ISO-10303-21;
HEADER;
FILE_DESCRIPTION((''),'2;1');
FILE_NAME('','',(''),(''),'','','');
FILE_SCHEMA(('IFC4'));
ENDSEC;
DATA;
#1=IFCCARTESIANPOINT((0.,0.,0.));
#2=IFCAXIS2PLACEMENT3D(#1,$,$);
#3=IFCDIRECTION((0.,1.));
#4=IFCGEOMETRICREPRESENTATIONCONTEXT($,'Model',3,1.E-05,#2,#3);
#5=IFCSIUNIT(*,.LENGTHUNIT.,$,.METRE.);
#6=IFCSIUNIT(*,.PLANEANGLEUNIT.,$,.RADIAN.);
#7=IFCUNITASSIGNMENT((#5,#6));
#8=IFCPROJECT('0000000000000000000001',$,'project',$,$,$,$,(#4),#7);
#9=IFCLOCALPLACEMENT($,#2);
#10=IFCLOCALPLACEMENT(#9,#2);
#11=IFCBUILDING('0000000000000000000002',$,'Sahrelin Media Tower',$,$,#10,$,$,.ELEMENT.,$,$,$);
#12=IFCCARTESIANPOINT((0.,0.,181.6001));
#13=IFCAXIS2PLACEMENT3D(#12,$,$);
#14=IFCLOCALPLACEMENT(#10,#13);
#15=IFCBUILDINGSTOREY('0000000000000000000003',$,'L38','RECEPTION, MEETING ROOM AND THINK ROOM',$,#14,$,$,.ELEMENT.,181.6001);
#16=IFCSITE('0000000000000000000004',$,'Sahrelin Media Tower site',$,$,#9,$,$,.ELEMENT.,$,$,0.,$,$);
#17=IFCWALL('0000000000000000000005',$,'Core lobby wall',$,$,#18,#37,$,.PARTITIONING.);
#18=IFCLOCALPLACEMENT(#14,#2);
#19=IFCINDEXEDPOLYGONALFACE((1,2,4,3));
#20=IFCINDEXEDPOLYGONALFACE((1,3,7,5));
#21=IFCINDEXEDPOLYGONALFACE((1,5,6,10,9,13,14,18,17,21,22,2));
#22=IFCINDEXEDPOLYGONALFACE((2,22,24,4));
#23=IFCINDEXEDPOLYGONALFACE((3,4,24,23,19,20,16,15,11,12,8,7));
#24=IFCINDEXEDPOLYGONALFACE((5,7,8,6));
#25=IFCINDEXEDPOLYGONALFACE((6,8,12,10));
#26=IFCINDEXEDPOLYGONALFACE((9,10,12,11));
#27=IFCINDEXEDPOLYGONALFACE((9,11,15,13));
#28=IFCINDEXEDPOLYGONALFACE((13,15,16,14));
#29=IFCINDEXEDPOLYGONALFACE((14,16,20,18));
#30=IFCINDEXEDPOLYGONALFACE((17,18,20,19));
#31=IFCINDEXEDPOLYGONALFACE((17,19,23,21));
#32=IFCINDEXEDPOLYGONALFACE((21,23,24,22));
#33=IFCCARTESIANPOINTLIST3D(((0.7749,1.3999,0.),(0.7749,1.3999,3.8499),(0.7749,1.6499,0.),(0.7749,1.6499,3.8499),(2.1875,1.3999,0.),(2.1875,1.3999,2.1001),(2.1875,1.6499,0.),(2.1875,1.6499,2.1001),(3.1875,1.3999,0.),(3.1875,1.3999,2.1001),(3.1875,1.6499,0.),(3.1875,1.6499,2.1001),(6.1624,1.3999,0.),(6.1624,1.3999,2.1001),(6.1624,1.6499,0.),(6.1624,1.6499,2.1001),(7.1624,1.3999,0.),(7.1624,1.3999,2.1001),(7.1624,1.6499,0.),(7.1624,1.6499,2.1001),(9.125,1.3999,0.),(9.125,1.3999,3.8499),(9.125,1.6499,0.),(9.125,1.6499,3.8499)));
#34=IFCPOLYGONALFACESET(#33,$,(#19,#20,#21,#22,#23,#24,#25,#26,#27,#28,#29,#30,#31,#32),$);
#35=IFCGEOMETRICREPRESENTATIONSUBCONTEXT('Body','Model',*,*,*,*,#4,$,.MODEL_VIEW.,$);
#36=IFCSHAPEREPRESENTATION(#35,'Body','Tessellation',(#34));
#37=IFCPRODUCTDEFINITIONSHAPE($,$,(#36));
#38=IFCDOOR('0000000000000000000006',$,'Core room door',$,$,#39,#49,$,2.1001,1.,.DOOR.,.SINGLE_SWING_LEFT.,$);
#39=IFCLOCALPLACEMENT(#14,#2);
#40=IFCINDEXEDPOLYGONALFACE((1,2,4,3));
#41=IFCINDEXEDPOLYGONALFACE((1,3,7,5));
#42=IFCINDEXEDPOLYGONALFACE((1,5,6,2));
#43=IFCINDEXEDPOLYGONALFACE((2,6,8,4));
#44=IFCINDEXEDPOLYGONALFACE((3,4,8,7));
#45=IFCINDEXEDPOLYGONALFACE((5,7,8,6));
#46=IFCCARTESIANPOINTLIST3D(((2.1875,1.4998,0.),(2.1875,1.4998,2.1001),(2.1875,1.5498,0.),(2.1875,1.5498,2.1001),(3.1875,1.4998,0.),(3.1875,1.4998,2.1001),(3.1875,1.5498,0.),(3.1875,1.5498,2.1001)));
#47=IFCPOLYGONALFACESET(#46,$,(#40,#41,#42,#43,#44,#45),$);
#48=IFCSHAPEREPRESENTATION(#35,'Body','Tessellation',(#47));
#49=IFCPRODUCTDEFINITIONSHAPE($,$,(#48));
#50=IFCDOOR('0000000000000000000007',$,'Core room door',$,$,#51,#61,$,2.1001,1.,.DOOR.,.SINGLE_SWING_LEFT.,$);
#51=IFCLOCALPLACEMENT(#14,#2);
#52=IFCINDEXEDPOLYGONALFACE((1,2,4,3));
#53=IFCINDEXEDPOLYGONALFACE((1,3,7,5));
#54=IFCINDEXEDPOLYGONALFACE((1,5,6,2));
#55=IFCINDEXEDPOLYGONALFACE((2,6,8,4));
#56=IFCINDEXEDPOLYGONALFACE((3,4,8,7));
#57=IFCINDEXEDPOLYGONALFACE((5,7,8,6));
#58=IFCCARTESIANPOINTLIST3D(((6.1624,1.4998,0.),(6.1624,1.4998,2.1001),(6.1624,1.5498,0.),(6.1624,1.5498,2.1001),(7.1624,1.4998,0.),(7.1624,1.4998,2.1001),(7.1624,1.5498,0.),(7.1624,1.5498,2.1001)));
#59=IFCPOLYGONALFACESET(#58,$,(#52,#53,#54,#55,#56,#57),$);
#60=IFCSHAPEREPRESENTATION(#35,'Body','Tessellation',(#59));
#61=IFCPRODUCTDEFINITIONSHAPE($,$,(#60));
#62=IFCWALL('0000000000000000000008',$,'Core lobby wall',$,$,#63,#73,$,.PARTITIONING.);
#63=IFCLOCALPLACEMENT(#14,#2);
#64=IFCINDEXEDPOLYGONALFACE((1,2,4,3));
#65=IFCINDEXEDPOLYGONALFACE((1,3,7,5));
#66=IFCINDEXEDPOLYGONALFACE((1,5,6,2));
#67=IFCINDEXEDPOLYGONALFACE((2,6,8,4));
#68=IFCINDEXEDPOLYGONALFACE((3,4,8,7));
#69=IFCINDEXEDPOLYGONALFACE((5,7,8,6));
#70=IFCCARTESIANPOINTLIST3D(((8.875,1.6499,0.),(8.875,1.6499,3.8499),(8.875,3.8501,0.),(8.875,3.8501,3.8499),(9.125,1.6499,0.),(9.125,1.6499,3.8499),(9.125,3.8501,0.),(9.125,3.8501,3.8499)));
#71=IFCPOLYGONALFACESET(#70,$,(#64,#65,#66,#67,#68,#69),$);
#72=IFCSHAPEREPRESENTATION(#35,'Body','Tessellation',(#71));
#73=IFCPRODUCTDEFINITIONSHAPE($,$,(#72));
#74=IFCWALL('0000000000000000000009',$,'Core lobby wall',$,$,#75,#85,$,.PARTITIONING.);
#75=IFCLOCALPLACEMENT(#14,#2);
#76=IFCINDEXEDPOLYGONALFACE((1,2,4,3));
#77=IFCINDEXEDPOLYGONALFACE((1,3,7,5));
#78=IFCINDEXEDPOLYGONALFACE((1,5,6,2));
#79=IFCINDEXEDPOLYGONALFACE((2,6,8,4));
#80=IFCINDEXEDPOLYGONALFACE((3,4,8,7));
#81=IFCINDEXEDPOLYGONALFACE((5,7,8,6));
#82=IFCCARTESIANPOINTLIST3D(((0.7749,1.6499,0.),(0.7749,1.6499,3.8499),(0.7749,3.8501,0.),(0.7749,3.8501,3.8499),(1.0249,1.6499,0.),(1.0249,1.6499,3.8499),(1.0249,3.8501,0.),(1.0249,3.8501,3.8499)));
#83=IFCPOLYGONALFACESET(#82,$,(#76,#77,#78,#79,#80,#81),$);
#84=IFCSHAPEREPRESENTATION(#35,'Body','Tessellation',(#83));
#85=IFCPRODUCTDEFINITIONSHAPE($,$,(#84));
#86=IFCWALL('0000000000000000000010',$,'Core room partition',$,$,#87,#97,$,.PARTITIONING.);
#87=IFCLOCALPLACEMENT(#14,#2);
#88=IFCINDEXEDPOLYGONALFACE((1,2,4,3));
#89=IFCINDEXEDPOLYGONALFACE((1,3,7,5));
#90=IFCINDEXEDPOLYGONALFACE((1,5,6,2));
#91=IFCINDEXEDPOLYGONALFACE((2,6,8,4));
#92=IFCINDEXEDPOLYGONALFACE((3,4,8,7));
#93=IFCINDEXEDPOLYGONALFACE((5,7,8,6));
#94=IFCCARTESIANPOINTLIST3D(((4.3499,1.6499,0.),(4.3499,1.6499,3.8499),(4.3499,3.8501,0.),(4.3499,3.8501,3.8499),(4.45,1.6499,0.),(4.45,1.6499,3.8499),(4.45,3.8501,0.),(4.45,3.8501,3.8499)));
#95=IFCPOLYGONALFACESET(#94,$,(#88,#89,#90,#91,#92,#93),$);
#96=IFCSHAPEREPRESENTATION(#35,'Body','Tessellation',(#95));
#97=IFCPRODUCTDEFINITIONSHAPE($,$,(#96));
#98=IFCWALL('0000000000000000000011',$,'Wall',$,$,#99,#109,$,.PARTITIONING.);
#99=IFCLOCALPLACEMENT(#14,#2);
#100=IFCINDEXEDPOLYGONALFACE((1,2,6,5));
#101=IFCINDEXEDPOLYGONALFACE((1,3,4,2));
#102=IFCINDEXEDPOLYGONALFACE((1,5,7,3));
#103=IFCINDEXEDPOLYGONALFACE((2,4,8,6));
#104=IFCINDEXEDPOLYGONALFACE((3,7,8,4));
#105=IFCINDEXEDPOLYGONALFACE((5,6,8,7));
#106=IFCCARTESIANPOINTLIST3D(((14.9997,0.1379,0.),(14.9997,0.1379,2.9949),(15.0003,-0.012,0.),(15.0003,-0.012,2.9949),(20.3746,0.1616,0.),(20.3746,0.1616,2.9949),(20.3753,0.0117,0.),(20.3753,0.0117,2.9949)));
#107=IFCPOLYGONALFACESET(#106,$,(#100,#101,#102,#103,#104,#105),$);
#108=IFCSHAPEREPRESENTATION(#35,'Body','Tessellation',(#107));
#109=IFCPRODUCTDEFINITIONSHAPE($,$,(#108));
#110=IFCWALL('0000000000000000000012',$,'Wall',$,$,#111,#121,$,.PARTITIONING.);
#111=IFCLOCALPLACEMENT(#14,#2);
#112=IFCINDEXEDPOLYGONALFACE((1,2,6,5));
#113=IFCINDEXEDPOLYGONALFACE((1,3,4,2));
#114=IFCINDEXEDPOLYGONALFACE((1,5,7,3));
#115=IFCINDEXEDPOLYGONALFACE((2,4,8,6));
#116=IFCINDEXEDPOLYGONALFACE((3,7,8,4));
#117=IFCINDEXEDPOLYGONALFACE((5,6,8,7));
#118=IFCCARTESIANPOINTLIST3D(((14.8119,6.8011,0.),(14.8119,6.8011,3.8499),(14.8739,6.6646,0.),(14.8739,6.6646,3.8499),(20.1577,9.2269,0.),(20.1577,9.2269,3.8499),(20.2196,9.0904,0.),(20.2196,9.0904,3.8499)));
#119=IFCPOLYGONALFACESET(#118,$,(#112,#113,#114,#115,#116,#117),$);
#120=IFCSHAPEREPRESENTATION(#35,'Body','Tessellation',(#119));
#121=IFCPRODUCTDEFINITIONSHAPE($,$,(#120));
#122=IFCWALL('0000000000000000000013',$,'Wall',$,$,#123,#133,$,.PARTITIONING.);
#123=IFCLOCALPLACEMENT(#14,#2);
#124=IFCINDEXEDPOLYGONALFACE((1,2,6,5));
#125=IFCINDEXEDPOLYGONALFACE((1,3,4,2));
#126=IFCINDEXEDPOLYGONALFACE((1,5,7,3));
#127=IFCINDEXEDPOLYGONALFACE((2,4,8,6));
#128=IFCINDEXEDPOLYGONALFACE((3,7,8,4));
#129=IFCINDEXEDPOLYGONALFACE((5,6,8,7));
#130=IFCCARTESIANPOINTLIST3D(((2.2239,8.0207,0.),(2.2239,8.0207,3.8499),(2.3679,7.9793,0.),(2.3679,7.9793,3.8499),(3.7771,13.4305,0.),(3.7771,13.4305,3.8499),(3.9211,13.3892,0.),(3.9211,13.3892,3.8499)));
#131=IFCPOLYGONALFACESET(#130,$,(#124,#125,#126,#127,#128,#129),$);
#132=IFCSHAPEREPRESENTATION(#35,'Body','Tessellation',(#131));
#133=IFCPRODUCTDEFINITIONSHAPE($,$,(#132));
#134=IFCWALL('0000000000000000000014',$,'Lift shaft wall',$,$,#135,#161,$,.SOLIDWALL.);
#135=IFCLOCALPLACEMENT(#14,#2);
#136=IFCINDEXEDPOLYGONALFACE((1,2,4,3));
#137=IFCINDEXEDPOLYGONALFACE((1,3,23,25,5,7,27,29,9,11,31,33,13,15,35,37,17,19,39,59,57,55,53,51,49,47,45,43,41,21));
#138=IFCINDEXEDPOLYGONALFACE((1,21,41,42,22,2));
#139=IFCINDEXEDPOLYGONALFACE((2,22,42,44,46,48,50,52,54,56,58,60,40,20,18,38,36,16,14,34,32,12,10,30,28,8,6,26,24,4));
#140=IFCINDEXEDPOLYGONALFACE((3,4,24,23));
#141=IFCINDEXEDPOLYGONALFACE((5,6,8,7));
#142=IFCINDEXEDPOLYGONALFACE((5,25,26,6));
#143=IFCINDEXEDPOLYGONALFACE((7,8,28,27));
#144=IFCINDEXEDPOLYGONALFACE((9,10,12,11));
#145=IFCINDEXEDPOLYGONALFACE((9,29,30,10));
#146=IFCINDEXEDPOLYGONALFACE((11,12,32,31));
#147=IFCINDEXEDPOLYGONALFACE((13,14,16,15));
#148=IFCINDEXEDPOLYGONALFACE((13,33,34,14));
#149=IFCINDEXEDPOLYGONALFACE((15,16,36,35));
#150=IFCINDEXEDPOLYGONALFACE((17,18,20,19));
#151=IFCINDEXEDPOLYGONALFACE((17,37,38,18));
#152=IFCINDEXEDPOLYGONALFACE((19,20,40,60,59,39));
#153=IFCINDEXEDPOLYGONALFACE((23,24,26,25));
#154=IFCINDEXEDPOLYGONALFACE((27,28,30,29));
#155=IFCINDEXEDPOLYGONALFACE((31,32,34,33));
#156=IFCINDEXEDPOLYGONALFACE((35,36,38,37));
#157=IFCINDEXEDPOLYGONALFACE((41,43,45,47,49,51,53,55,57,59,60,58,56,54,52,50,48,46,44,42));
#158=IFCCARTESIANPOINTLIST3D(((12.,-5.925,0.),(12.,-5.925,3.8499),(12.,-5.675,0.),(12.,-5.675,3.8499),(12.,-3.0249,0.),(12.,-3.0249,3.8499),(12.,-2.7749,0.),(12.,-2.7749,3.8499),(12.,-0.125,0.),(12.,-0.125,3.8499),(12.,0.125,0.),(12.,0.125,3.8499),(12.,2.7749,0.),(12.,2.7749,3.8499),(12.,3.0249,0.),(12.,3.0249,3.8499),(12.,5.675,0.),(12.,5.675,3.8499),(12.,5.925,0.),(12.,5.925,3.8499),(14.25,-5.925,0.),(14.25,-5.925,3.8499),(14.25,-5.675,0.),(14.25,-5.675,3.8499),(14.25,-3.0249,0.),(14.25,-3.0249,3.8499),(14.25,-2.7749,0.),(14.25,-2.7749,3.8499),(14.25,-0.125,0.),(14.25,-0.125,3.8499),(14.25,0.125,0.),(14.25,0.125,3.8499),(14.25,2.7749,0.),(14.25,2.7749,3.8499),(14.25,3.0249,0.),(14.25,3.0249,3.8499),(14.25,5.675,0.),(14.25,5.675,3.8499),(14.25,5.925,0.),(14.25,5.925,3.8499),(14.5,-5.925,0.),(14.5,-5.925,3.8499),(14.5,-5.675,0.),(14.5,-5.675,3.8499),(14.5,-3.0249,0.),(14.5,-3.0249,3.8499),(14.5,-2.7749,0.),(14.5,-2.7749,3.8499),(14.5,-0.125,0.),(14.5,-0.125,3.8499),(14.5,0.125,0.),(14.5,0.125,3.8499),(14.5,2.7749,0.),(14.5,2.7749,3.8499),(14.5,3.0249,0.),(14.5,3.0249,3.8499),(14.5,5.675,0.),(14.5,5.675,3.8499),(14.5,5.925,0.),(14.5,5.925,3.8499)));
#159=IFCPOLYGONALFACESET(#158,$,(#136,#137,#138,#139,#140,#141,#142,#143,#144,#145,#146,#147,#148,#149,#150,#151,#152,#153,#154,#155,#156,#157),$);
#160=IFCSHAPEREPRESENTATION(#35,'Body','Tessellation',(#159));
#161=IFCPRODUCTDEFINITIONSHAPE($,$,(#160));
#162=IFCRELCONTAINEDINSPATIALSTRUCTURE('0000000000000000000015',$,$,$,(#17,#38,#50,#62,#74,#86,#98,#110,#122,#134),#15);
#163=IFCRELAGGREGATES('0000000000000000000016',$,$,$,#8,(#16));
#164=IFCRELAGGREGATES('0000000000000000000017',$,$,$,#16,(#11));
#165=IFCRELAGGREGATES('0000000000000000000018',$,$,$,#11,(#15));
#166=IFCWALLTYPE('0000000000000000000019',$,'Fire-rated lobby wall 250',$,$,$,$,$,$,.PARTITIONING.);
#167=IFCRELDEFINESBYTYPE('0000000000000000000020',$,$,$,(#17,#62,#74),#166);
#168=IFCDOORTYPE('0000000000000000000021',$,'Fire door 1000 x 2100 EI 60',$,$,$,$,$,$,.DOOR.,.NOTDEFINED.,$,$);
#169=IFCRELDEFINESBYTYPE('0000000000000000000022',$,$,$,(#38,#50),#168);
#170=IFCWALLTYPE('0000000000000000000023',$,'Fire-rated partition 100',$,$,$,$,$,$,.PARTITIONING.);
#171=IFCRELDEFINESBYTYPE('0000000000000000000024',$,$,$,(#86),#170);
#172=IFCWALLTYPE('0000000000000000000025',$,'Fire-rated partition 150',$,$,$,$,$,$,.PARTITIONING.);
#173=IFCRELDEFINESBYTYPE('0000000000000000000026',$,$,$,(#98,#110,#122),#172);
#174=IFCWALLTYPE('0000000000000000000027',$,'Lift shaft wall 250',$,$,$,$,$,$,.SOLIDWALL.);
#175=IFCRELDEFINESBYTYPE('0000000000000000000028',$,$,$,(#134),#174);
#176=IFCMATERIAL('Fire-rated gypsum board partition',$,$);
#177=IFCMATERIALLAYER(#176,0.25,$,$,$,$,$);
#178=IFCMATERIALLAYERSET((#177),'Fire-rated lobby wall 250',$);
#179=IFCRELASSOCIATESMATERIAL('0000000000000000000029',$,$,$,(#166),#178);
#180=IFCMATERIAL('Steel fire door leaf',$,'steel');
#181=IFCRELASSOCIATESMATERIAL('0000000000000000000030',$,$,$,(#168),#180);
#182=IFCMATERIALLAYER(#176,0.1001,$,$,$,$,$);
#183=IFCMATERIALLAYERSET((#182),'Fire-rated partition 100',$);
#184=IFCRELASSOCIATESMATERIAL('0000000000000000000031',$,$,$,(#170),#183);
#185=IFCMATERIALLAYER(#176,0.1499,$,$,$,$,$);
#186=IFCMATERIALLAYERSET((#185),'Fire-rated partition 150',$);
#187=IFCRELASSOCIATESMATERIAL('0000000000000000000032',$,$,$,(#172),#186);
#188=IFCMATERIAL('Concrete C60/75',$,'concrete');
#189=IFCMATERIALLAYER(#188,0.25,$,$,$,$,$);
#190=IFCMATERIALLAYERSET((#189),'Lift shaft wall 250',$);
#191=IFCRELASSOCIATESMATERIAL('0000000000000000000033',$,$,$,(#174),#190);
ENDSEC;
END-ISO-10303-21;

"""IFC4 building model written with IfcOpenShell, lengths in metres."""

from ifc_helpers import new_model, si_unit, direction, frame, frame_2d, origin, place, context, subcontext, project, spatial, polyline, rectangle, outline, extrude, material, layer, layer_set, type_object, element, fill, save


model = new_model("IFC4")

# Units and contexts
model_context = context("Model", 3, precision=1e-05, world=origin(), true_north=direction((0.0, 1.0)))
body_context = subcontext(model_context, "Body", "Model", "MODEL_VIEW")
ifc_project = project(units=[si_unit("LENGTHUNIT", "METRE"), si_unit("PLANEANGLEUNIT", "RADIAN")], contexts=[model_context])

# Site, building, storey
site_placement = place(None, origin())
site = spatial("IfcSite", under=ifc_project, at=site_placement, Name="Sahrelin Media Tower site", CompositionType="ELEMENT", RefElevation=0.0)
building_placement = place(site_placement, origin())
building = spatial("IfcBuilding", under=site, at=building_placement, Name="Sahrelin Media Tower", CompositionType="ELEMENT")
storey_placement = place(building_placement, frame((0.0, 0.0, 181.6001)))
storey = spatial("IfcBuildingStorey", under=building, at=storey_placement, Name="L38", Description="RECEPTION, MEETING ROOM AND THINK ROOM", CompositionType="ELEMENT", Elevation=181.6001)

# Wall, openings, doors
ifc_material_1 = material(Name="Fire-rated gypsum board partition")
ifc_layer_1 = layer(ifc_material_1, 0.25)
ifc_layer_set_1 = layer_set([ifc_layer_1], Name="Fire-rated lobby wall 250")
wall_type_1 = type_object("IfcWallType", Name="Fire-rated lobby wall 250", PredefinedType="PARTITIONING", material=ifc_layer_set_1)
wall_1_placement = place(storey_placement, frame((0.7749, 1.5249, 0.0), z_axis=(0.0, 0.0, 1.0), x_axis=(1.0, 0.0, 0.0)))
wall_1 = element("IfcWall", 1, at=wall_1_placement, inside=storey, type_object=wall_type_1, Name="Core lobby wall", PredefinedType="PARTITIONING", context=body_context, shape_type="SweptSolid", body=[
    extrude(rectangle(XDim=8.3501, YDim=0.25, at=frame_2d((4.175, 0.0))), origin(), (0.0, 0.0, 1.0), 3.8499),
])
opening_1_placement = place(wall_1_placement, frame((1.4126, 0.0, 0.0)))
opening_1 = element("IfcOpeningElement", 2, at=opening_1_placement, cuts=wall_1, PredefinedType="OPENING", context=body_context, shape_type="SweptSolid", body=[
    extrude(rectangle(XDim=1.0, YDim=2.1001, at=frame_2d((0.5, 1.05))), frame((0.0, 0.125, 0.0), z_axis=(0.0, -1.0, 0.0), x_axis=(1.0, 0.0, 0.0)), (0.0, 0.0, 1.0), 0.25),
])
opening_2_placement = place(wall_1_placement, frame((5.3875, 0.0, 0.0)))
opening_2 = element("IfcOpeningElement", 3, at=opening_2_placement, cuts=wall_1, PredefinedType="OPENING", context=body_context, shape_type="SweptSolid", body=[
    extrude(rectangle(XDim=1.0, YDim=2.1001, at=frame_2d((0.5, 1.05))), frame((0.0, 0.125, 0.0), z_axis=(0.0, -1.0, 0.0), x_axis=(1.0, 0.0, 0.0)), (0.0, 0.0, 1.0), 0.25),
])
ifc_material_2 = material(Name="Steel fire door leaf", Category="steel")
door_type_1 = type_object("IfcDoorType", Name="Fire door 1000 x 2100 EI 60", OperationType="NOTDEFINED", PredefinedType="DOOR", material=ifc_material_2)
door_1_placement = place(opening_1_placement, origin())
door_1 = element("IfcDoor", 4, at=door_1_placement, inside=storey, type_object=door_type_1, Name="Core room door", OperationType="SINGLE_SWING_LEFT", OverallHeight=2.1001, OverallWidth=1.0, PredefinedType="DOOR", context=body_context, shape_type="SweptSolid", body=[
    extrude(rectangle(XDim=1.0, YDim=2.1001, at=frame_2d((0.5, 1.05))), frame((0.0, 0.0249, 0.0), z_axis=(0.0, -1.0, 0.0), x_axis=(1.0, 0.0, 0.0)), (0.0, 0.0, 1.0), 0.05),
])
fill(opening_1, door_1)
door_2_placement = place(opening_2_placement, origin())
door_2 = element("IfcDoor", 5, at=door_2_placement, inside=storey, type_object=door_type_1, Name="Core room door", OperationType="SINGLE_SWING_LEFT", OverallHeight=2.1001, OverallWidth=1.0, PredefinedType="DOOR", context=body_context, shape_type="SweptSolid", body=[
    extrude(rectangle(XDim=1.0, YDim=2.1001, at=frame_2d((0.5, 1.05))), frame((0.0, 0.0249, 0.0), z_axis=(0.0, -1.0, 0.0), x_axis=(1.0, 0.0, 0.0)), (0.0, 0.0, 1.0), 0.05),
])
fill(opening_2, door_2)

# Walls
for number, where, z_axis, x_axis, name in (
    (6, (9.0, 1.6499, 0.0), (0.0, 0.0, 1.0), (0.0, 1.0, 0.0), "Core lobby wall"),
    (7, (0.8999, 1.6499, 0.0), (0.0, 0.0, 1.0), (0.0, 1.0, 0.0), "Core lobby wall"),
):
    element("IfcWall", number, at=place(storey_placement, frame(where, z_axis=z_axis, x_axis=x_axis)), inside=storey, type_object=wall_type_1, Name=name, PredefinedType="PARTITIONING", context=body_context, shape_type="SweptSolid", body=[
        extrude(rectangle(XDim=2.2002, YDim=0.25, at=frame_2d((1.1001, 0.0))), origin(), (0.0, 0.0, 1.0), 3.8499),
    ])
ifc_layer_2 = layer(ifc_material_1, 0.1001)
ifc_layer_set_2 = layer_set([ifc_layer_2], Name="Fire-rated partition 100")
wall_type_2 = type_object("IfcWallType", Name="Fire-rated partition 100", PredefinedType="PARTITIONING", material=ifc_layer_set_2)
wall_2_placement = place(storey_placement, frame((4.3999, 1.6499, 0.0), z_axis=(0.0, 0.0, 1.0), x_axis=(0.0, 1.0, 0.0)))
element("IfcWall", 8, at=wall_2_placement, inside=storey, type_object=wall_type_2, Name="Core room partition", PredefinedType="PARTITIONING", context=body_context, shape_type="SweptSolid", body=[
    extrude(rectangle(XDim=2.2002, YDim=0.1001, at=frame_2d((1.1001, 0.0))), origin(), (0.0, 0.0, 1.0), 3.8499),
])
ifc_layer_3 = layer(ifc_material_1, 0.1499)
ifc_layer_set_3 = layer_set([ifc_layer_3], Name="Fire-rated partition 150")
wall_type_3 = type_object("IfcWallType", Name="Fire-rated partition 150", PredefinedType="PARTITIONING", material=ifc_layer_set_3)
wall_3_placement = place(storey_placement, frame((15.0, 0.063, 0.0), z_axis=(0.0, 0.0, 1.0), x_axis=(0.99999, 0.004406, 0.0)))
element("IfcWall", 9, at=wall_3_placement, inside=storey, type_object=wall_type_3, Name="Wall", PredefinedType="PARTITIONING", context=body_context, shape_type="SweptSolid", body=[
    extrude(rectangle(XDim=5.375, YDim=0.1499, at=frame_2d((2.6875, 0.0))), origin(), (0.0, 0.0, 1.0), 2.9949),
])
wall_4_placement = place(storey_placement, frame((14.843, 6.7329, 0.0), z_axis=(0.0, 0.0, 1.0), x_axis=(0.910628, 0.413226, 0.0)))
element("IfcWall", 10, at=wall_4_placement, inside=storey, type_object=wall_type_3, Name="Wall", PredefinedType="PARTITIONING", context=body_context, shape_type="SweptSolid", body=[
    extrude(rectangle(XDim=5.8704, YDim=0.1499, at=frame_2d((2.9351, 0.0))), origin(), (0.0, 0.0, 1.0), 3.8499),
])
wall_5_placement = place(storey_placement, frame((2.2959, 8.0, 0.0), z_axis=(0.0, 0.0, 1.0), x_axis=(0.275958, 0.96117, 0.0)))
element("IfcWall", 11, at=wall_5_placement, inside=storey, type_object=wall_type_3, Name="Wall", PredefinedType="PARTITIONING", context=body_context, shape_type="SweptSolid", body=[
    extrude(rectangle(XDim=5.6284, YDim=0.1499, at=frame_2d((2.8142, 0.0))), origin(), (0.0, 0.0, 1.0), 3.8499),
])
ifc_material_3 = material(Name="Concrete C60/75", Category="concrete")
ifc_layer_4 = layer(ifc_material_3, 0.25)
ifc_layer_set_4 = layer_set([ifc_layer_4], Name="Lift shaft wall 250")
wall_type_4 = type_object("IfcWallType", Name="Lift shaft wall 250", PredefinedType="SOLIDWALL", material=ifc_layer_set_4)
wall_6_placement = place(storey_placement, origin())
element("IfcWall", 12, at=wall_6_placement, inside=storey, type_object=wall_type_4, Name="Lift shaft wall", PredefinedType="SOLIDWALL", context=body_context, shape_type="SweptSolid", body=[
    extrude(outline(polyline([(12.0, -5.675), (12.0, -5.925), (14.25, -5.925), (14.5, -5.925), (14.5, -5.675), (14.5, -3.0249), (14.5, -2.7749), (14.5, -0.125), (14.5, 0.125), (14.5, 2.7749), (14.5, 3.0249), (14.5, 5.675), (14.5, 5.925), (14.25, 5.925), (12.0, 5.925), (12.0, 5.675), (14.25, 5.675), (14.25, 3.0249), (12.0, 3.0249), (12.0, 2.7749), (14.25, 2.7749), (14.25, 0.125), (12.0, 0.125), (12.0, -0.125), (14.25, -0.125), (14.25, -2.7749), (12.0, -2.7749), (12.0, -3.0249), (14.25, -3.0249), (14.25, -5.675), (12.0, -5.675)])), origin(), (0.0, 0.0, 1.0), 3.8499),
])

save(model, "model.ifc")
